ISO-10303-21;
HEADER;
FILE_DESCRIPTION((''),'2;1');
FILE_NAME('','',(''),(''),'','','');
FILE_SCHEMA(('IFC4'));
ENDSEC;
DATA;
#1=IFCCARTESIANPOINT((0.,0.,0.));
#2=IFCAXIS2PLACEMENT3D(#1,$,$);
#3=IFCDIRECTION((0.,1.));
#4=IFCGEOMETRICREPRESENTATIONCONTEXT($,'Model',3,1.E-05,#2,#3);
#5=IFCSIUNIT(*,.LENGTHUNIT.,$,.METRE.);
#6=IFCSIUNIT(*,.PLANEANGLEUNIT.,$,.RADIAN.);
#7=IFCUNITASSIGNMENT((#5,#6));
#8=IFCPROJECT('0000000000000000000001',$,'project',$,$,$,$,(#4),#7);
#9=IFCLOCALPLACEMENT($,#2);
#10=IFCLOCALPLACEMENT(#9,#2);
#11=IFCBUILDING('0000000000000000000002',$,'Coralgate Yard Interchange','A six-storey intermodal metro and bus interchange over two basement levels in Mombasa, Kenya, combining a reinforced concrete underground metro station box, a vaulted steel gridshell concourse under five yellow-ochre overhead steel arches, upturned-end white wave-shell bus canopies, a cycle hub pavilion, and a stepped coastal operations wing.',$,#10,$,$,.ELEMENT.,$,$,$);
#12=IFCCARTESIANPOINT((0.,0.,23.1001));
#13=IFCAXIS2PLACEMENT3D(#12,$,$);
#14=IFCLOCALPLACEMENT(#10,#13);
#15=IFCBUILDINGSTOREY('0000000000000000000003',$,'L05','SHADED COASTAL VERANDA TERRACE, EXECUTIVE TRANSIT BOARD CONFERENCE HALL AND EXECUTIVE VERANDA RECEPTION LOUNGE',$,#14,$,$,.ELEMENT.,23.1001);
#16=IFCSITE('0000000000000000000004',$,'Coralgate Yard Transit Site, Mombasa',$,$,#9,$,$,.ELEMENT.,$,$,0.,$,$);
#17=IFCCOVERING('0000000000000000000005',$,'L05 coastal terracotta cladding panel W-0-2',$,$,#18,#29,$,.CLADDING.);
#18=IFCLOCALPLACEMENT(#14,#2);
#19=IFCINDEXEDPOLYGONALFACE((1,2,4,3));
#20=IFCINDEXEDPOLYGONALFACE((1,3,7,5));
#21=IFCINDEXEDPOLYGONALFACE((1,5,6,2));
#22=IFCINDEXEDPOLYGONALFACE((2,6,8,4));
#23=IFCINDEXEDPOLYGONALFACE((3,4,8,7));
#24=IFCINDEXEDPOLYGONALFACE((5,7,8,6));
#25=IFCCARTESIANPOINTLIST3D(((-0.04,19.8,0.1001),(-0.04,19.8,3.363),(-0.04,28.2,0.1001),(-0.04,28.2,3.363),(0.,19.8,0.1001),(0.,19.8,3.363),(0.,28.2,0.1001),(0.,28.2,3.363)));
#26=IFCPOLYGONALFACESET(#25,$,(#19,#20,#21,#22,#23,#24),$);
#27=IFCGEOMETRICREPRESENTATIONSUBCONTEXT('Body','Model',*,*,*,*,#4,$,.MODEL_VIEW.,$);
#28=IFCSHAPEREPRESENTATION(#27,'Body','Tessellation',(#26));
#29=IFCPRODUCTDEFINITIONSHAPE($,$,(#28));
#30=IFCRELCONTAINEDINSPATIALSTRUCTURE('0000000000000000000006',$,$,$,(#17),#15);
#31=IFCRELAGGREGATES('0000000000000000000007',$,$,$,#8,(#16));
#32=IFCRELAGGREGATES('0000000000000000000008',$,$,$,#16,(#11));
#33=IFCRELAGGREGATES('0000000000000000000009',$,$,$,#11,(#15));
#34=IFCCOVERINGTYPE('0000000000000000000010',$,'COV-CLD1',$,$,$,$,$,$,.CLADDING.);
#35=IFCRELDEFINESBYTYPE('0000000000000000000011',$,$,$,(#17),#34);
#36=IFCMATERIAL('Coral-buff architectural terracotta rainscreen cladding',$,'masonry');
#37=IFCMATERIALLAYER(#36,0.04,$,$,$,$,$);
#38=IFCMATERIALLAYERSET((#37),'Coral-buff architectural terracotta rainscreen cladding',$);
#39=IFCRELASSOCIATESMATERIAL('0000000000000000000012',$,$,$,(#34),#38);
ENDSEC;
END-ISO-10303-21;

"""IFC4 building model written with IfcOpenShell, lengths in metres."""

from ifc_helpers import new_model, si_unit, direction, frame, origin, origin_2d, place, context, subcontext, project, spatial, rectangle, extrude, material, layer, layer_set, type_object, element, save


model = new_model("IFC4")

# Units and contexts
model_context = context("Model", 3, precision=1e-05, world=origin(), true_north=direction((0.0, 1.0)))
body_context = subcontext(model_context, "Body", "Model", "MODEL_VIEW")
ifc_project = project(units=[si_unit("LENGTHUNIT", "METRE"), si_unit("PLANEANGLEUNIT", "RADIAN")], contexts=[model_context])

# Site, building, storey
site_placement = place(None, origin())
site = spatial("IfcSite", under=ifc_project, at=site_placement, Name="Coralgate Yard Transit Site, Mombasa", CompositionType="ELEMENT", RefElevation=0.0)
building_placement = place(site_placement, origin())
building = spatial("IfcBuilding", under=site, at=building_placement, Name="Coralgate Yard Interchange", Description="A six-storey intermodal metro and bus interchange over two basement levels in Mombasa, Kenya, combining a reinforced concrete underground metro station box, a vaulted steel gridshell concourse under five yellow-ochre overhead steel arches, upturned-end white wave-shell bus canopies, a cycle hub pavilion, and a stepped coastal operations wing.", CompositionType="ELEMENT")
storey_placement = place(building_placement, frame((0.0, 0.0, 23.1001)))
storey = spatial("IfcBuildingStorey", under=building, at=storey_placement, Name="L05", Description="SHADED COASTAL VERANDA TERRACE, EXECUTIVE TRANSIT BOARD CONFERENCE HALL AND EXECUTIVE VERANDA RECEPTION LOUNGE", CompositionType="ELEMENT", Elevation=23.1001)

# Covering
ifc_material_1 = material(Name="Coral-buff architectural terracotta rainscreen cladding", Category="masonry")
ifc_layer_1 = layer(ifc_material_1, 0.04)
ifc_layer_set_1 = layer_set([ifc_layer_1], Name="Coral-buff architectural terracotta rainscreen cladding")
covering_type = type_object("IfcCoveringType", Name="COV-CLD1", PredefinedType="CLADDING", material=ifc_layer_set_1)
covering_placement = place(storey_placement, frame((-0.02, 24.0, 0.1001), z_axis=(0.0, 0.0, 1.0), x_axis=(0.0, 1.0, 0.0)))
element("IfcCovering", 1, at=covering_placement, inside=storey, type_object=covering_type, Name="L05 coastal terracotta cladding panel W-0-2", PredefinedType="CLADDING", context=body_context, shape_type="SweptSolid", body=[
    extrude(rectangle(XDim=8.3999, YDim=0.04, at=origin_2d()), origin(), (0.0, 0.0, 1.0), 3.2629),
])

save(model, "model.ifc")
